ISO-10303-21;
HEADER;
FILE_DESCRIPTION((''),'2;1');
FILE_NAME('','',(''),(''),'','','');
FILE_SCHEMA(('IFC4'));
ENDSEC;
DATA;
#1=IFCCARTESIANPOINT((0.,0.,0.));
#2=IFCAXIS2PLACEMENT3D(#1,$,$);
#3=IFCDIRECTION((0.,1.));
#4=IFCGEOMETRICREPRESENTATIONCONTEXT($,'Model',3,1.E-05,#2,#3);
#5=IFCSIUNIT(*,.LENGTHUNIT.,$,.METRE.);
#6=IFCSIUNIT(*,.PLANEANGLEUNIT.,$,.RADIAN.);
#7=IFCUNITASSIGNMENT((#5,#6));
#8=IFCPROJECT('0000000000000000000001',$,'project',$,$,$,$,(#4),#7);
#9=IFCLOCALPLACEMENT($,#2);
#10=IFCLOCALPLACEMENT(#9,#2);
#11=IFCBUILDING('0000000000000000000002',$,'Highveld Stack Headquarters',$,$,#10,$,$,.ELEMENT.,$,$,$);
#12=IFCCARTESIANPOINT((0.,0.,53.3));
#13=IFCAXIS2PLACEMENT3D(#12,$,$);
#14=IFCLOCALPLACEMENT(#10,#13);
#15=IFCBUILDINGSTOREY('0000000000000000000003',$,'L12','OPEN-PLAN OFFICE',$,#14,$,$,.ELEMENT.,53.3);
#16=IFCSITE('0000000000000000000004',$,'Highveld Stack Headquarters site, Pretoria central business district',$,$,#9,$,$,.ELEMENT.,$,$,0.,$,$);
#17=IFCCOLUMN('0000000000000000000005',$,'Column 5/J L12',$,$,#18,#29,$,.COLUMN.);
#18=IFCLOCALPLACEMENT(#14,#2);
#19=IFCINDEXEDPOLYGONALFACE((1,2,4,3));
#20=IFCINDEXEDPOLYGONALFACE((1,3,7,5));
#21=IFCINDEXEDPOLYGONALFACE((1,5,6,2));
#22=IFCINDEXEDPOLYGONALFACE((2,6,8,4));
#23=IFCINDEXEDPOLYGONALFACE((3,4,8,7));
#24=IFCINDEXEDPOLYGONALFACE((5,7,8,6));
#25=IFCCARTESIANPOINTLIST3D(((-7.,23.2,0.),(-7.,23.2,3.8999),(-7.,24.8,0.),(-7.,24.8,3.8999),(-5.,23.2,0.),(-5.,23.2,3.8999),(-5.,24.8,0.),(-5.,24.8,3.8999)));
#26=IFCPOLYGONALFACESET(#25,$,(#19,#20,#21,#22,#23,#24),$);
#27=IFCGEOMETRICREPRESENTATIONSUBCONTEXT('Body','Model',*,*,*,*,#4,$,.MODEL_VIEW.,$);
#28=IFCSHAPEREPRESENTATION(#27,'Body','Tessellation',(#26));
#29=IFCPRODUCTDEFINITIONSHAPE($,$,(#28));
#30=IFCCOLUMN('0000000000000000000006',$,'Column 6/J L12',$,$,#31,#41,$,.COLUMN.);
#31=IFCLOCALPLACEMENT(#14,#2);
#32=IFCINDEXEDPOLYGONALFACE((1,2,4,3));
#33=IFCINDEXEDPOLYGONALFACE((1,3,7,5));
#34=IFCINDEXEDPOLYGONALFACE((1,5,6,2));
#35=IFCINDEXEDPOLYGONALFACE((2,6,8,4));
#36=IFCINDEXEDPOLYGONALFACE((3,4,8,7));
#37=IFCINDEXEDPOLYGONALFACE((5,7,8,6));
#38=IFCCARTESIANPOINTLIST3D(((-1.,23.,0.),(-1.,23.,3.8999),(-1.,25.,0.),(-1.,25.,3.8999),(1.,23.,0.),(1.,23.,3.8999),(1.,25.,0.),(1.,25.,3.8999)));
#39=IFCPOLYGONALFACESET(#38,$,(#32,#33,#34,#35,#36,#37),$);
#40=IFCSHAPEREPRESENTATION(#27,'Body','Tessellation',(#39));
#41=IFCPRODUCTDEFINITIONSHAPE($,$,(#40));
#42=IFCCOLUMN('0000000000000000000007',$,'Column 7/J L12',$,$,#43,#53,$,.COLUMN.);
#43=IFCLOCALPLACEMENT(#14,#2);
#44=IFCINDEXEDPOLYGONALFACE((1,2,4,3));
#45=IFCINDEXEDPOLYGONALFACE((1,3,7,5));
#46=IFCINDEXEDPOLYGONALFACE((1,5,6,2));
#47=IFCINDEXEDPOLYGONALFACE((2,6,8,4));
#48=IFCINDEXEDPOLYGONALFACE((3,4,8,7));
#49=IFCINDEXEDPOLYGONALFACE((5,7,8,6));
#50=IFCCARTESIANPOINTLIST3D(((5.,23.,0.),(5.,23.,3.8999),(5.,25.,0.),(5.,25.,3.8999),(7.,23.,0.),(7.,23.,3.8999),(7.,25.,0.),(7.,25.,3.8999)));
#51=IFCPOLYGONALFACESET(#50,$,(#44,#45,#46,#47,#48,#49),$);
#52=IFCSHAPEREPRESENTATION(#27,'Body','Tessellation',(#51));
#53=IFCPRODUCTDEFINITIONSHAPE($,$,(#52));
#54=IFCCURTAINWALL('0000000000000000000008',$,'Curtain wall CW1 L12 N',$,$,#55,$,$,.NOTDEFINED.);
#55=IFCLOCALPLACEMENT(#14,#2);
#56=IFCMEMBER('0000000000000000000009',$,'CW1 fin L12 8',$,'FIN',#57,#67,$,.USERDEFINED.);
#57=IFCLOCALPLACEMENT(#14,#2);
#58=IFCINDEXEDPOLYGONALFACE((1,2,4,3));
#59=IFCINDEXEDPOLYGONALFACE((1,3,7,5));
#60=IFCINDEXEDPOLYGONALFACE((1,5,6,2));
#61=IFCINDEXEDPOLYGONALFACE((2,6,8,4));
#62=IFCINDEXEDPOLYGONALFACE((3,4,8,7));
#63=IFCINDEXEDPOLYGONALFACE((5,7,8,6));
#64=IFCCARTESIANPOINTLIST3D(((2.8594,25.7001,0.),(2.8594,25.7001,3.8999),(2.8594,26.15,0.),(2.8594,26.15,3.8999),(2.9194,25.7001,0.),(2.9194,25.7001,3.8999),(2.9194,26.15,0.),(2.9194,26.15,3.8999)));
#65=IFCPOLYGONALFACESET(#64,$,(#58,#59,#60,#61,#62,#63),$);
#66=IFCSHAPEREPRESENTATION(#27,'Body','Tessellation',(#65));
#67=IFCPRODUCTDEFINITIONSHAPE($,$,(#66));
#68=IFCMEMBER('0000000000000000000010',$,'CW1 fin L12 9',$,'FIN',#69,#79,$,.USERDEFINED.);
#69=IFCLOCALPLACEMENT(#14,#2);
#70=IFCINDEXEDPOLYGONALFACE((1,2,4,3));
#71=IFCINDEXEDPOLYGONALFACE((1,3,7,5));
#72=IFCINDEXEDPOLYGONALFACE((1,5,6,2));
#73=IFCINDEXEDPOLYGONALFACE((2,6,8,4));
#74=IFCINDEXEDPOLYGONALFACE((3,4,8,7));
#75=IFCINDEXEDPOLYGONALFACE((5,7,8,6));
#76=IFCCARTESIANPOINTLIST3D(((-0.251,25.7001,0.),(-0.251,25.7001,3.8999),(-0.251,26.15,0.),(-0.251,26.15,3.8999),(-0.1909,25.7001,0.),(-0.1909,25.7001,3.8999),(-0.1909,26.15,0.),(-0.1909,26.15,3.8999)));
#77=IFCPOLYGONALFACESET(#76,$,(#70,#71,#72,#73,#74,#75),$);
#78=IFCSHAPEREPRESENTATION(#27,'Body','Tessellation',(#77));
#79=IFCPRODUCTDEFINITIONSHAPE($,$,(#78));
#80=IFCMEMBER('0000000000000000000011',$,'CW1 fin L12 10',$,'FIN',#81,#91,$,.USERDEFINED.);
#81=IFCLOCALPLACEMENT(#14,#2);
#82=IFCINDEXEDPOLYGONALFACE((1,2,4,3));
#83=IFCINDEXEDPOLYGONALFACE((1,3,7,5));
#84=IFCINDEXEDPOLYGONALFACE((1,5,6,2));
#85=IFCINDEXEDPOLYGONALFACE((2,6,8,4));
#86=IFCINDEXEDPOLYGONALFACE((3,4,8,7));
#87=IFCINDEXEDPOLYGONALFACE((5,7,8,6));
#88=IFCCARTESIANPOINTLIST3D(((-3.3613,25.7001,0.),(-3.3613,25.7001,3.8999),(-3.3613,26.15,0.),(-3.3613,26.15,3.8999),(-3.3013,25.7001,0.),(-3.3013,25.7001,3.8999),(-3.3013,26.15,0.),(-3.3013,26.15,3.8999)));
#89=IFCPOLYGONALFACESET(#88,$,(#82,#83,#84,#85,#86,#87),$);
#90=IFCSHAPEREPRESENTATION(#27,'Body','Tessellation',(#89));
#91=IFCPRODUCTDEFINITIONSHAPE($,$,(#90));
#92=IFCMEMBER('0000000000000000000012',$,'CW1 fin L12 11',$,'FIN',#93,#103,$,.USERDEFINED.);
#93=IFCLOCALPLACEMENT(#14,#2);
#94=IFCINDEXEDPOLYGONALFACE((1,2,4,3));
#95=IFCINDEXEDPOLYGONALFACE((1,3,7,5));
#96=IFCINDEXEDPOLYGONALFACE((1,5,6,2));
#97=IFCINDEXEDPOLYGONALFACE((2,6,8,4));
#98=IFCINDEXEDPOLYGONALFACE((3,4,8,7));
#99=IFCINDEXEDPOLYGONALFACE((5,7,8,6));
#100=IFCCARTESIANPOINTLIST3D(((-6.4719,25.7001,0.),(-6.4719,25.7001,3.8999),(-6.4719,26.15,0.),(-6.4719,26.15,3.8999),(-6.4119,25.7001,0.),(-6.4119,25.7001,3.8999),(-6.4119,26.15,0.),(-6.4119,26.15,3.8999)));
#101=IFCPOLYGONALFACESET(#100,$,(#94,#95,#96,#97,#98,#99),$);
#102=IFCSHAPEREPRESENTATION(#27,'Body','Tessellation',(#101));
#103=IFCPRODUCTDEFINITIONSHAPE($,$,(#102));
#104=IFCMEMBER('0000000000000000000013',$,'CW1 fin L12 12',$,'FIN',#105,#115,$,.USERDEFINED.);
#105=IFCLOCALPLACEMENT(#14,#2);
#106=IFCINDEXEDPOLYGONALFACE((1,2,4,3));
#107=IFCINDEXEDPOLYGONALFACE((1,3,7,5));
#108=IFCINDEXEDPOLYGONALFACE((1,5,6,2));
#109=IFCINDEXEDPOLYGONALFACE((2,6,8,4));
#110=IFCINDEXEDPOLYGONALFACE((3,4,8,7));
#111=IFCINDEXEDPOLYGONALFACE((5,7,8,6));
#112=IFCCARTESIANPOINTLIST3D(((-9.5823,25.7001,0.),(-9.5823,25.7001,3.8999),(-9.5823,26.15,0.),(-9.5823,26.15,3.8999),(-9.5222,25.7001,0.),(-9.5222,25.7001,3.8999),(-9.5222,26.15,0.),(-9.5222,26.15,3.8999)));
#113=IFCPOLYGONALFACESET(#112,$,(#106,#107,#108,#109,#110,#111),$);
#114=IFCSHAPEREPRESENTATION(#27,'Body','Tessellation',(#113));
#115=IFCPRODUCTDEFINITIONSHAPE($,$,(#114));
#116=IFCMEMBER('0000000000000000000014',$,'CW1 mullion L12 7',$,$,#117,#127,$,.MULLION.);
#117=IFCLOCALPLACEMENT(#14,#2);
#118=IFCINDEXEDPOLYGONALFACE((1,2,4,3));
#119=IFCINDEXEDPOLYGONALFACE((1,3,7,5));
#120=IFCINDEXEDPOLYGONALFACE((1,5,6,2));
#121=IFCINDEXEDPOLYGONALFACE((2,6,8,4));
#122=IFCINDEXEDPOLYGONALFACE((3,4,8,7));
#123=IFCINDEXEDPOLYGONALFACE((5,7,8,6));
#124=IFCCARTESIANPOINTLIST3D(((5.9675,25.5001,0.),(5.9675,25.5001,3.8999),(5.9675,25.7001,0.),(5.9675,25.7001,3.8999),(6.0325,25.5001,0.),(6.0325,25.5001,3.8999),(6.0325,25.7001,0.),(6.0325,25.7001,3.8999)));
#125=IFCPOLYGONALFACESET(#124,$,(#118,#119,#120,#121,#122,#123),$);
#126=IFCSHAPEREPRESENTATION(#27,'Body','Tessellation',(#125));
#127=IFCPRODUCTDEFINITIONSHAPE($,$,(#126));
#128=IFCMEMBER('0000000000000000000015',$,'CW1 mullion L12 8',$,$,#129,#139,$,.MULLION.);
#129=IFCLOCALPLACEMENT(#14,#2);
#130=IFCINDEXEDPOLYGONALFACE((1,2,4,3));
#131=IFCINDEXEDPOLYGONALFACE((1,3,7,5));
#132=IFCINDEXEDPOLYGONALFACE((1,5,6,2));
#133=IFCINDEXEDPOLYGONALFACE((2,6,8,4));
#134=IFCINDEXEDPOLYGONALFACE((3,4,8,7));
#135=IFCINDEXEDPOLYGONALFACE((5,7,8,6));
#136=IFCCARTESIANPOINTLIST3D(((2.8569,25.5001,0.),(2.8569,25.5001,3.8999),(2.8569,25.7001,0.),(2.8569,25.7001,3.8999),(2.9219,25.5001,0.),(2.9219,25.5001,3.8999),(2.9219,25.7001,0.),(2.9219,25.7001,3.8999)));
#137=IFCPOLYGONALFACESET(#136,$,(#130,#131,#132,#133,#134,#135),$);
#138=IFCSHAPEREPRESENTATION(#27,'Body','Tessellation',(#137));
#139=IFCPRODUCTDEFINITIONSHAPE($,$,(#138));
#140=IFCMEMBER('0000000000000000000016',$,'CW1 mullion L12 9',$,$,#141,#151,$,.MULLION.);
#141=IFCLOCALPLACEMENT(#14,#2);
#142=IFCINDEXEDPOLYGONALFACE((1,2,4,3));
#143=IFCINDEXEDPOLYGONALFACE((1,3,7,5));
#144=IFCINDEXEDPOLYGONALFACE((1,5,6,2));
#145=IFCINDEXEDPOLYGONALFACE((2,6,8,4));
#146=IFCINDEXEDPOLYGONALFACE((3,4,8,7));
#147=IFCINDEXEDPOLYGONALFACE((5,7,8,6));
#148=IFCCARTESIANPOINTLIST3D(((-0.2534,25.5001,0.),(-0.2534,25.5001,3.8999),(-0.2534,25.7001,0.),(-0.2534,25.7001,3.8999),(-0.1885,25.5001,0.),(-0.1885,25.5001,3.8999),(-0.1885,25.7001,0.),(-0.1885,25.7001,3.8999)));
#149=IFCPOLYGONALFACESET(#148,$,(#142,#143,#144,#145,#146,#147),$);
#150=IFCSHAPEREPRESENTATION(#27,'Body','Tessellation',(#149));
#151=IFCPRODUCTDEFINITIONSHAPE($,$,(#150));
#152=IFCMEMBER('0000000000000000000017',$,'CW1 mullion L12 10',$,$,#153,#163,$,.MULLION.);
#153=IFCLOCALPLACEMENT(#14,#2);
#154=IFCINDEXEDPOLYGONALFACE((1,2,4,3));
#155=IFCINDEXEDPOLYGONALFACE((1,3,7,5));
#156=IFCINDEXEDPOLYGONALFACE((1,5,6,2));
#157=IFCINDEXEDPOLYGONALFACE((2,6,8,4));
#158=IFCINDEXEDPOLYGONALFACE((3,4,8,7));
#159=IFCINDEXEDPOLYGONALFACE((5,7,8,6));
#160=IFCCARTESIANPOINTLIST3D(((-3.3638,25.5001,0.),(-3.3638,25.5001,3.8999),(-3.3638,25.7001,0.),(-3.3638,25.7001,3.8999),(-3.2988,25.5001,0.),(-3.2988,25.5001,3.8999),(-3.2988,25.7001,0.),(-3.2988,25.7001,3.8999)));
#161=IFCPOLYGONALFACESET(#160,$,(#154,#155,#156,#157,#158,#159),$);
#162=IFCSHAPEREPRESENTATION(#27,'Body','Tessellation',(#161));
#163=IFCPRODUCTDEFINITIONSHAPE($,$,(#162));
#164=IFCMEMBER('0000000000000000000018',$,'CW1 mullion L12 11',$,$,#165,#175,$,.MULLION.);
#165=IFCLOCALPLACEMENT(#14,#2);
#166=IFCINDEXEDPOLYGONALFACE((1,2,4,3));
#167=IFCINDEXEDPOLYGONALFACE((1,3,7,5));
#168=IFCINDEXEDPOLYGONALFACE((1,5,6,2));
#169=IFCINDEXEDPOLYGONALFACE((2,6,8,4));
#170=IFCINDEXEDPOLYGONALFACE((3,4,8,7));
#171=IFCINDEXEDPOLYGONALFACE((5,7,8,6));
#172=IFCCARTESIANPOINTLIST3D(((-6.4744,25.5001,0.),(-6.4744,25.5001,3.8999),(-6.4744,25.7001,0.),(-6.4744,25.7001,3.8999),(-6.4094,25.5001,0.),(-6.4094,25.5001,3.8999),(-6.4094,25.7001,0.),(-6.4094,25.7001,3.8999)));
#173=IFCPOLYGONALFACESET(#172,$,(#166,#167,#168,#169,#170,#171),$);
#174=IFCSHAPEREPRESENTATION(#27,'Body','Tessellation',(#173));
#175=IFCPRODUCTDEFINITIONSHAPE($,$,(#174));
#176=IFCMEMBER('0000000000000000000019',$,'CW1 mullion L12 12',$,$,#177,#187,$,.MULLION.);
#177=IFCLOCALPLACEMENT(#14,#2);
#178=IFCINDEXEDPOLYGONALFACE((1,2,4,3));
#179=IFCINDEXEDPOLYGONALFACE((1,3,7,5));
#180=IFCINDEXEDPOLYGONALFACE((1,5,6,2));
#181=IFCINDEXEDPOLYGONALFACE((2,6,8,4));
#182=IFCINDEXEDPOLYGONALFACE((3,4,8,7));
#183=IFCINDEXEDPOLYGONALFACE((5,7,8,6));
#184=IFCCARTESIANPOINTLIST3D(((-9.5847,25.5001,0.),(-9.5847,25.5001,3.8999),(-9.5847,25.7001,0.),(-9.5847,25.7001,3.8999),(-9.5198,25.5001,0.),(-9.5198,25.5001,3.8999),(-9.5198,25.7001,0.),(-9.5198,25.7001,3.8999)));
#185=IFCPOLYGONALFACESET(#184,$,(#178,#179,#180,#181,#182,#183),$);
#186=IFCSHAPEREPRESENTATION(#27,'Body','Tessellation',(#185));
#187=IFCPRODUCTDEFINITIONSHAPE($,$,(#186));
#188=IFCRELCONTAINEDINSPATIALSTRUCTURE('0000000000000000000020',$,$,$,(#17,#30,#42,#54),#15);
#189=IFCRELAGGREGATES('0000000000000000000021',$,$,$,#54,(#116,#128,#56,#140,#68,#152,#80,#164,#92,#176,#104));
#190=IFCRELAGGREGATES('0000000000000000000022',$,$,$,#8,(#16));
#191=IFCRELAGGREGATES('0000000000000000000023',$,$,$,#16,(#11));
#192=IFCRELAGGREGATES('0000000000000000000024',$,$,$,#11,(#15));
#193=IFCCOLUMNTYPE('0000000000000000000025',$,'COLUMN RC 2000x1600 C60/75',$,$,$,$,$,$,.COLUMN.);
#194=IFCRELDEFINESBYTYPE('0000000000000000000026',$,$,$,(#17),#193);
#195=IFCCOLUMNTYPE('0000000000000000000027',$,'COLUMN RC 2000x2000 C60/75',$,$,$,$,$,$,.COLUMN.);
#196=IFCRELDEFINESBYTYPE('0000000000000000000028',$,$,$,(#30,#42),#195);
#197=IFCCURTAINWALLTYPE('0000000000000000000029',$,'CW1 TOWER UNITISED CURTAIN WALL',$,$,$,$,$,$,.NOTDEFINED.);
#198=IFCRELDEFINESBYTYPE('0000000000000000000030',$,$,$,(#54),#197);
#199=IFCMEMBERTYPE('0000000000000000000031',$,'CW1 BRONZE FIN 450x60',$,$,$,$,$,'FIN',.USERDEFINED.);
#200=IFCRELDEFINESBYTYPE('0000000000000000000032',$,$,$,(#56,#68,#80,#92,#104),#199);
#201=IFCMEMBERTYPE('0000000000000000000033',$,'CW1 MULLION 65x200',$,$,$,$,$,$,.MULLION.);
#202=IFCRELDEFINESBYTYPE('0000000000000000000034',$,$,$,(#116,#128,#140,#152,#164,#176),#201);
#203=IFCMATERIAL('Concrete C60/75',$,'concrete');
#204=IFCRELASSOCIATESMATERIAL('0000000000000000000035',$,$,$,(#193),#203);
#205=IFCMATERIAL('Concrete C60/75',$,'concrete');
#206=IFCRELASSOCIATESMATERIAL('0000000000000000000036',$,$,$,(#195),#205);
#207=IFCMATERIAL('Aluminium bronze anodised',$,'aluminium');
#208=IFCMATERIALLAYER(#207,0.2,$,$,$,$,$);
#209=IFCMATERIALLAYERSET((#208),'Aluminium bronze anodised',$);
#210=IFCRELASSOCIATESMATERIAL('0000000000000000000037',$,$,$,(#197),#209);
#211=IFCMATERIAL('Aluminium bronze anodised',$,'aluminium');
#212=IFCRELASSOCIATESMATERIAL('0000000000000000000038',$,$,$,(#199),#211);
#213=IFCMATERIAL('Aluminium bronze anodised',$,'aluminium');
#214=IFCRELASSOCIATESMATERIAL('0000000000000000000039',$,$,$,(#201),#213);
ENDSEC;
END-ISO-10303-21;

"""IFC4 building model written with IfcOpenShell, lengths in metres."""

from ifc_helpers import new_model, si_unit, direction, frame, origin, origin_2d, place, context, subcontext, project, spatial, rectangle, extrude, material, layer, layer_set, material_profile, profile_set, type_object, element, aggregate, save


model = new_model("IFC4")

# Units and contexts
model_context = context("Model", 3, precision=1e-05, world=origin(), true_north=direction((0.0, 1.0)))
body_context = subcontext(model_context, "Body", "Model", "MODEL_VIEW")
ifc_project = project(units=[si_unit("LENGTHUNIT", "METRE"), si_unit("PLANEANGLEUNIT", "RADIAN")], contexts=[model_context])

# Site, building, storey
site_placement = place(None, origin())
site = spatial("IfcSite", under=ifc_project, at=site_placement, Name="Highveld Stack Headquarters site, Pretoria central business district", CompositionType="ELEMENT", RefElevation=0.0)
building_placement = place(site_placement, origin())
building = spatial("IfcBuilding", under=site, at=building_placement, Name="Highveld Stack Headquarters", CompositionType="ELEMENT")
storey_placement = place(building_placement, frame((0.0, 0.0, 53.3)))
storey = spatial("IfcBuildingStorey", under=building, at=storey_placement, Name="L12", Description="OPEN-PLAN OFFICE", CompositionType="ELEMENT", Elevation=53.3)

# Columns
ifc_material_1 = material(Name="Concrete C60/75", Category="concrete")
ifc_material_profile_1 = material_profile(ifc_material_1, rectangle(XDim=2.0, YDim=1.6001, at=origin_2d()), Name="RC 2000x1600")
ifc_profile_set_1 = profile_set([ifc_material_profile_1], Name="Concrete C60/75")
column_type_1 = type_object("IfcColumnType", Name="COLUMN RC 2000x1600 C60/75", PredefinedType="COLUMN", material=ifc_profile_set_1)
column_placement = place(storey_placement, frame((-6.0, 24.0, 0.0), z_axis=(0.0, 0.0, 1.0), x_axis=(1.0, 0.0, 0.0)))
element("IfcColumn", 1, at=column_placement, inside=storey, type_object=column_type_1, Name="Column 5/J L12", PredefinedType="COLUMN", context=body_context, shape_type="SweptSolid", body=[
    extrude(rectangle(XDim=2.0, YDim=1.6001, at=origin_2d()), origin(), (0.0, 0.0, 1.0), 3.8999),
])
ifc_material_2 = material(Name="Concrete C60/75", Category="concrete")
ifc_material_profile_2 = material_profile(ifc_material_2, rectangle(XDim=2.0, YDim=2.0, at=origin_2d()), Name="RC 2000x2000")
ifc_profile_set_2 = profile_set([ifc_material_profile_2], Name="Concrete C60/75")
column_type_2 = type_object("IfcColumnType", Name="COLUMN RC 2000x2000 C60/75", PredefinedType="COLUMN", material=ifc_profile_set_2)
for number, where, z_axis, x_axis, name in (
    (2, (0.0, 24.0, 0.0), (0.0, 0.0, 1.0), (1.0, 0.0, 0.0), "Column 6/J L12"),
    (3, (6.0, 24.0, 0.0), (0.0, 0.0, 1.0), (1.0, 0.0, 0.0), "Column 7/J L12"),
):
    element("IfcColumn", number, at=place(storey_placement, frame(where, z_axis=z_axis, x_axis=x_axis)), inside=storey, type_object=column_type_2, Name=name, PredefinedType="COLUMN", context=body_context, shape_type="SweptSolid", body=[
        extrude(rectangle(XDim=2.0, YDim=2.0, at=origin_2d()), origin(), (0.0, 0.0, 1.0), 3.8999),
    ])

# Curtain wall, members
ifc_material_3 = material(Name="Aluminium bronze anodised", Category="aluminium")
ifc_layer_1 = layer(ifc_material_3, 0.2)
ifc_layer_set_1 = layer_set([ifc_layer_1], Name="Aluminium bronze anodised")
curtain_wall_type = type_object("IfcCurtainWallType", Name="CW1 TOWER UNITISED CURTAIN WALL", PredefinedType="NOTDEFINED", material=ifc_layer_set_1)
curtain_wall_placement = place(storey_placement, origin())
curtain_wall = element("IfcCurtainWall", 4, at=curtain_wall_placement, inside=storey, type_object=curtain_wall_type, Name="Curtain wall CW1 L12 N", PredefinedType="NOTDEFINED")
ifc_material_4 = material(Name="Aluminium bronze anodised", Category="aluminium")
ifc_material_profile_3 = material_profile(ifc_material_4, rectangle(XDim=0.45, YDim=0.0601, at=origin_2d()), Name="FIN 450x60")
ifc_profile_set_3 = profile_set([ifc_material_profile_3], Name="Aluminium bronze anodised")
member_type_1 = type_object("IfcMemberType", Name="CW1 BRONZE FIN 450x60", ElementType="FIN", PredefinedType="USERDEFINED", material=ifc_profile_set_3)
member_1_placement = place(storey_placement, frame((2.8894, 25.925, 0.0), z_axis=(0.0, 0.0, 1.0), x_axis=(0.0, -1.0, 0.0)))
member_1 = element("IfcMember", 5, at=member_1_placement, type_object=member_type_1, Name="CW1 fin L12 8", ObjectType="FIN", PredefinedType="USERDEFINED", context=body_context, shape_type="SweptSolid", body=[
    extrude(rectangle(XDim=0.45, YDim=0.0601, at=origin_2d()), origin(), (0.0, 0.0, 1.0), 3.8999),
])
member_2_placement = place(storey_placement, frame((-0.2209, 25.925, 0.0), z_axis=(0.0, 0.0, 1.0), x_axis=(0.0, -1.0, 0.0)))
member_2 = element("IfcMember", 6, at=member_2_placement, type_object=member_type_1, Name="CW1 fin L12 9", ObjectType="FIN", PredefinedType="USERDEFINED", context=body_context, shape_type="SweptSolid", body=[
    extrude(rectangle(XDim=0.45, YDim=0.0601, at=origin_2d()), origin(), (0.0, 0.0, 1.0), 3.8999),
])
member_3_placement = place(storey_placement, frame((-3.3313, 25.925, 0.0), z_axis=(0.0, 0.0, 1.0), x_axis=(0.0, -1.0, 0.0)))
member_3 = element("IfcMember", 7, at=member_3_placement, type_object=member_type_1, Name="CW1 fin L12 10", ObjectType="FIN", PredefinedType="USERDEFINED", context=body_context, shape_type="SweptSolid", body=[
    extrude(rectangle(XDim=0.45, YDim=0.0601, at=origin_2d()), origin(), (0.0, 0.0, 1.0), 3.8999),
])
member_4_placement = place(storey_placement, frame((-6.4419, 25.925, 0.0), z_axis=(0.0, 0.0, 1.0), x_axis=(0.0, -1.0, 0.0)))
member_4 = element("IfcMember", 8, at=member_4_placement, type_object=member_type_1, Name="CW1 fin L12 11", ObjectType="FIN", PredefinedType="USERDEFINED", context=body_context, shape_type="SweptSolid", body=[
    extrude(rectangle(XDim=0.45, YDim=0.0601, at=origin_2d()), origin(), (0.0, 0.0, 1.0), 3.8999),
])
member_5_placement = place(storey_placement, frame((-9.5522, 25.925, 0.0), z_axis=(0.0, 0.0, 1.0), x_axis=(0.0, -1.0, 0.0)))
member_5 = element("IfcMember", 9, at=member_5_placement, type_object=member_type_1, Name="CW1 fin L12 12", ObjectType="FIN", PredefinedType="USERDEFINED", context=body_context, shape_type="SweptSolid", body=[
    extrude(rectangle(XDim=0.45, YDim=0.0601, at=origin_2d()), origin(), (0.0, 0.0, 1.0), 3.8999),
])
ifc_material_5 = material(Name="Aluminium bronze anodised", Category="aluminium")
ifc_material_profile_4 = material_profile(ifc_material_5, rectangle(XDim=0.2, YDim=0.0649, at=origin_2d()), Name="CW1 MULLION 65x200")
ifc_profile_set_4 = profile_set([ifc_material_profile_4], Name="Aluminium bronze anodised")
member_type_2 = type_object("IfcMemberType", Name="CW1 MULLION 65x200", PredefinedType="MULLION", material=ifc_profile_set_4)
member_6_placement = place(storey_placement, frame((6.0, 25.6001, 0.0), z_axis=(0.0, 0.0, 1.0), x_axis=(0.0, -1.0, 0.0)))
member_6 = element("IfcMember", 10, at=member_6_placement, type_object=member_type_2, Name="CW1 mullion L12 7", PredefinedType="MULLION", context=body_context, shape_type="SweptSolid", body=[
    extrude(rectangle(XDim=0.2, YDim=0.0649, at=origin_2d()), origin(), (0.0, 0.0, 1.0), 3.8999),
])
member_7_placement = place(storey_placement, frame((2.8894, 25.6001, 0.0), z_axis=(0.0, 0.0, 1.0), x_axis=(0.0, -1.0, 0.0)))
member_7 = element("IfcMember", 11, at=member_7_placement, type_object=member_type_2, Name="CW1 mullion L12 8", PredefinedType="MULLION", context=body_context, shape_type="SweptSolid", body=[
    extrude(rectangle(XDim=0.2, YDim=0.0649, at=origin_2d()), origin(), (0.0, 0.0, 1.0), 3.8999),
])
member_8_placement = place(storey_placement, frame((-0.2209, 25.6001, 0.0), z_axis=(0.0, 0.0, 1.0), x_axis=(0.0, -1.0, 0.0)))
member_8 = element("IfcMember", 12, at=member_8_placement, type_object=member_type_2, Name="CW1 mullion L12 9", PredefinedType="MULLION", context=body_context, shape_type="SweptSolid", body=[
    extrude(rectangle(XDim=0.2, YDim=0.0649, at=origin_2d()), origin(), (0.0, 0.0, 1.0), 3.8999),
])
member_9_placement = place(storey_placement, frame((-3.3313, 25.6001, 0.0), z_axis=(0.0, 0.0, 1.0), x_axis=(0.0, -1.0, 0.0)))
member_9 = element("IfcMember", 13, at=member_9_placement, type_object=member_type_2, Name="CW1 mullion L12 10", PredefinedType="MULLION", context=body_context, shape_type="SweptSolid", body=[
    extrude(rectangle(XDim=0.2, YDim=0.0649, at=origin_2d()), origin(), (0.0, 0.0, 1.0), 3.8999),
])
member_10_placement = place(storey_placement, frame((-6.4419, 25.6001, 0.0), z_axis=(0.0, 0.0, 1.0), x_axis=(0.0, -1.0, 0.0)))
member_10 = element("IfcMember", 14, at=member_10_placement, type_object=member_type_2, Name="CW1 mullion L12 11", PredefinedType="MULLION", context=body_context, shape_type="SweptSolid", body=[
    extrude(rectangle(XDim=0.2, YDim=0.0649, at=origin_2d()), origin(), (0.0, 0.0, 1.0), 3.8999),
])
member_11_placement = place(storey_placement, frame((-9.5522, 25.6001, 0.0), z_axis=(0.0, 0.0, 1.0), x_axis=(0.0, -1.0, 0.0)))
member_11 = element("IfcMember", 15, at=member_11_placement, type_object=member_type_2, Name="CW1 mullion L12 12", PredefinedType="MULLION", context=body_context, shape_type="SweptSolid", body=[
    extrude(rectangle(XDim=0.2, YDim=0.0649, at=origin_2d()), origin(), (0.0, 0.0, 1.0), 3.8999),
])
aggregate(curtain_wall, [member_6, member_7, member_1, member_8, member_2, member_9, member_3, member_10, member_4, member_11, member_5])

save(model, "model.ifc")
